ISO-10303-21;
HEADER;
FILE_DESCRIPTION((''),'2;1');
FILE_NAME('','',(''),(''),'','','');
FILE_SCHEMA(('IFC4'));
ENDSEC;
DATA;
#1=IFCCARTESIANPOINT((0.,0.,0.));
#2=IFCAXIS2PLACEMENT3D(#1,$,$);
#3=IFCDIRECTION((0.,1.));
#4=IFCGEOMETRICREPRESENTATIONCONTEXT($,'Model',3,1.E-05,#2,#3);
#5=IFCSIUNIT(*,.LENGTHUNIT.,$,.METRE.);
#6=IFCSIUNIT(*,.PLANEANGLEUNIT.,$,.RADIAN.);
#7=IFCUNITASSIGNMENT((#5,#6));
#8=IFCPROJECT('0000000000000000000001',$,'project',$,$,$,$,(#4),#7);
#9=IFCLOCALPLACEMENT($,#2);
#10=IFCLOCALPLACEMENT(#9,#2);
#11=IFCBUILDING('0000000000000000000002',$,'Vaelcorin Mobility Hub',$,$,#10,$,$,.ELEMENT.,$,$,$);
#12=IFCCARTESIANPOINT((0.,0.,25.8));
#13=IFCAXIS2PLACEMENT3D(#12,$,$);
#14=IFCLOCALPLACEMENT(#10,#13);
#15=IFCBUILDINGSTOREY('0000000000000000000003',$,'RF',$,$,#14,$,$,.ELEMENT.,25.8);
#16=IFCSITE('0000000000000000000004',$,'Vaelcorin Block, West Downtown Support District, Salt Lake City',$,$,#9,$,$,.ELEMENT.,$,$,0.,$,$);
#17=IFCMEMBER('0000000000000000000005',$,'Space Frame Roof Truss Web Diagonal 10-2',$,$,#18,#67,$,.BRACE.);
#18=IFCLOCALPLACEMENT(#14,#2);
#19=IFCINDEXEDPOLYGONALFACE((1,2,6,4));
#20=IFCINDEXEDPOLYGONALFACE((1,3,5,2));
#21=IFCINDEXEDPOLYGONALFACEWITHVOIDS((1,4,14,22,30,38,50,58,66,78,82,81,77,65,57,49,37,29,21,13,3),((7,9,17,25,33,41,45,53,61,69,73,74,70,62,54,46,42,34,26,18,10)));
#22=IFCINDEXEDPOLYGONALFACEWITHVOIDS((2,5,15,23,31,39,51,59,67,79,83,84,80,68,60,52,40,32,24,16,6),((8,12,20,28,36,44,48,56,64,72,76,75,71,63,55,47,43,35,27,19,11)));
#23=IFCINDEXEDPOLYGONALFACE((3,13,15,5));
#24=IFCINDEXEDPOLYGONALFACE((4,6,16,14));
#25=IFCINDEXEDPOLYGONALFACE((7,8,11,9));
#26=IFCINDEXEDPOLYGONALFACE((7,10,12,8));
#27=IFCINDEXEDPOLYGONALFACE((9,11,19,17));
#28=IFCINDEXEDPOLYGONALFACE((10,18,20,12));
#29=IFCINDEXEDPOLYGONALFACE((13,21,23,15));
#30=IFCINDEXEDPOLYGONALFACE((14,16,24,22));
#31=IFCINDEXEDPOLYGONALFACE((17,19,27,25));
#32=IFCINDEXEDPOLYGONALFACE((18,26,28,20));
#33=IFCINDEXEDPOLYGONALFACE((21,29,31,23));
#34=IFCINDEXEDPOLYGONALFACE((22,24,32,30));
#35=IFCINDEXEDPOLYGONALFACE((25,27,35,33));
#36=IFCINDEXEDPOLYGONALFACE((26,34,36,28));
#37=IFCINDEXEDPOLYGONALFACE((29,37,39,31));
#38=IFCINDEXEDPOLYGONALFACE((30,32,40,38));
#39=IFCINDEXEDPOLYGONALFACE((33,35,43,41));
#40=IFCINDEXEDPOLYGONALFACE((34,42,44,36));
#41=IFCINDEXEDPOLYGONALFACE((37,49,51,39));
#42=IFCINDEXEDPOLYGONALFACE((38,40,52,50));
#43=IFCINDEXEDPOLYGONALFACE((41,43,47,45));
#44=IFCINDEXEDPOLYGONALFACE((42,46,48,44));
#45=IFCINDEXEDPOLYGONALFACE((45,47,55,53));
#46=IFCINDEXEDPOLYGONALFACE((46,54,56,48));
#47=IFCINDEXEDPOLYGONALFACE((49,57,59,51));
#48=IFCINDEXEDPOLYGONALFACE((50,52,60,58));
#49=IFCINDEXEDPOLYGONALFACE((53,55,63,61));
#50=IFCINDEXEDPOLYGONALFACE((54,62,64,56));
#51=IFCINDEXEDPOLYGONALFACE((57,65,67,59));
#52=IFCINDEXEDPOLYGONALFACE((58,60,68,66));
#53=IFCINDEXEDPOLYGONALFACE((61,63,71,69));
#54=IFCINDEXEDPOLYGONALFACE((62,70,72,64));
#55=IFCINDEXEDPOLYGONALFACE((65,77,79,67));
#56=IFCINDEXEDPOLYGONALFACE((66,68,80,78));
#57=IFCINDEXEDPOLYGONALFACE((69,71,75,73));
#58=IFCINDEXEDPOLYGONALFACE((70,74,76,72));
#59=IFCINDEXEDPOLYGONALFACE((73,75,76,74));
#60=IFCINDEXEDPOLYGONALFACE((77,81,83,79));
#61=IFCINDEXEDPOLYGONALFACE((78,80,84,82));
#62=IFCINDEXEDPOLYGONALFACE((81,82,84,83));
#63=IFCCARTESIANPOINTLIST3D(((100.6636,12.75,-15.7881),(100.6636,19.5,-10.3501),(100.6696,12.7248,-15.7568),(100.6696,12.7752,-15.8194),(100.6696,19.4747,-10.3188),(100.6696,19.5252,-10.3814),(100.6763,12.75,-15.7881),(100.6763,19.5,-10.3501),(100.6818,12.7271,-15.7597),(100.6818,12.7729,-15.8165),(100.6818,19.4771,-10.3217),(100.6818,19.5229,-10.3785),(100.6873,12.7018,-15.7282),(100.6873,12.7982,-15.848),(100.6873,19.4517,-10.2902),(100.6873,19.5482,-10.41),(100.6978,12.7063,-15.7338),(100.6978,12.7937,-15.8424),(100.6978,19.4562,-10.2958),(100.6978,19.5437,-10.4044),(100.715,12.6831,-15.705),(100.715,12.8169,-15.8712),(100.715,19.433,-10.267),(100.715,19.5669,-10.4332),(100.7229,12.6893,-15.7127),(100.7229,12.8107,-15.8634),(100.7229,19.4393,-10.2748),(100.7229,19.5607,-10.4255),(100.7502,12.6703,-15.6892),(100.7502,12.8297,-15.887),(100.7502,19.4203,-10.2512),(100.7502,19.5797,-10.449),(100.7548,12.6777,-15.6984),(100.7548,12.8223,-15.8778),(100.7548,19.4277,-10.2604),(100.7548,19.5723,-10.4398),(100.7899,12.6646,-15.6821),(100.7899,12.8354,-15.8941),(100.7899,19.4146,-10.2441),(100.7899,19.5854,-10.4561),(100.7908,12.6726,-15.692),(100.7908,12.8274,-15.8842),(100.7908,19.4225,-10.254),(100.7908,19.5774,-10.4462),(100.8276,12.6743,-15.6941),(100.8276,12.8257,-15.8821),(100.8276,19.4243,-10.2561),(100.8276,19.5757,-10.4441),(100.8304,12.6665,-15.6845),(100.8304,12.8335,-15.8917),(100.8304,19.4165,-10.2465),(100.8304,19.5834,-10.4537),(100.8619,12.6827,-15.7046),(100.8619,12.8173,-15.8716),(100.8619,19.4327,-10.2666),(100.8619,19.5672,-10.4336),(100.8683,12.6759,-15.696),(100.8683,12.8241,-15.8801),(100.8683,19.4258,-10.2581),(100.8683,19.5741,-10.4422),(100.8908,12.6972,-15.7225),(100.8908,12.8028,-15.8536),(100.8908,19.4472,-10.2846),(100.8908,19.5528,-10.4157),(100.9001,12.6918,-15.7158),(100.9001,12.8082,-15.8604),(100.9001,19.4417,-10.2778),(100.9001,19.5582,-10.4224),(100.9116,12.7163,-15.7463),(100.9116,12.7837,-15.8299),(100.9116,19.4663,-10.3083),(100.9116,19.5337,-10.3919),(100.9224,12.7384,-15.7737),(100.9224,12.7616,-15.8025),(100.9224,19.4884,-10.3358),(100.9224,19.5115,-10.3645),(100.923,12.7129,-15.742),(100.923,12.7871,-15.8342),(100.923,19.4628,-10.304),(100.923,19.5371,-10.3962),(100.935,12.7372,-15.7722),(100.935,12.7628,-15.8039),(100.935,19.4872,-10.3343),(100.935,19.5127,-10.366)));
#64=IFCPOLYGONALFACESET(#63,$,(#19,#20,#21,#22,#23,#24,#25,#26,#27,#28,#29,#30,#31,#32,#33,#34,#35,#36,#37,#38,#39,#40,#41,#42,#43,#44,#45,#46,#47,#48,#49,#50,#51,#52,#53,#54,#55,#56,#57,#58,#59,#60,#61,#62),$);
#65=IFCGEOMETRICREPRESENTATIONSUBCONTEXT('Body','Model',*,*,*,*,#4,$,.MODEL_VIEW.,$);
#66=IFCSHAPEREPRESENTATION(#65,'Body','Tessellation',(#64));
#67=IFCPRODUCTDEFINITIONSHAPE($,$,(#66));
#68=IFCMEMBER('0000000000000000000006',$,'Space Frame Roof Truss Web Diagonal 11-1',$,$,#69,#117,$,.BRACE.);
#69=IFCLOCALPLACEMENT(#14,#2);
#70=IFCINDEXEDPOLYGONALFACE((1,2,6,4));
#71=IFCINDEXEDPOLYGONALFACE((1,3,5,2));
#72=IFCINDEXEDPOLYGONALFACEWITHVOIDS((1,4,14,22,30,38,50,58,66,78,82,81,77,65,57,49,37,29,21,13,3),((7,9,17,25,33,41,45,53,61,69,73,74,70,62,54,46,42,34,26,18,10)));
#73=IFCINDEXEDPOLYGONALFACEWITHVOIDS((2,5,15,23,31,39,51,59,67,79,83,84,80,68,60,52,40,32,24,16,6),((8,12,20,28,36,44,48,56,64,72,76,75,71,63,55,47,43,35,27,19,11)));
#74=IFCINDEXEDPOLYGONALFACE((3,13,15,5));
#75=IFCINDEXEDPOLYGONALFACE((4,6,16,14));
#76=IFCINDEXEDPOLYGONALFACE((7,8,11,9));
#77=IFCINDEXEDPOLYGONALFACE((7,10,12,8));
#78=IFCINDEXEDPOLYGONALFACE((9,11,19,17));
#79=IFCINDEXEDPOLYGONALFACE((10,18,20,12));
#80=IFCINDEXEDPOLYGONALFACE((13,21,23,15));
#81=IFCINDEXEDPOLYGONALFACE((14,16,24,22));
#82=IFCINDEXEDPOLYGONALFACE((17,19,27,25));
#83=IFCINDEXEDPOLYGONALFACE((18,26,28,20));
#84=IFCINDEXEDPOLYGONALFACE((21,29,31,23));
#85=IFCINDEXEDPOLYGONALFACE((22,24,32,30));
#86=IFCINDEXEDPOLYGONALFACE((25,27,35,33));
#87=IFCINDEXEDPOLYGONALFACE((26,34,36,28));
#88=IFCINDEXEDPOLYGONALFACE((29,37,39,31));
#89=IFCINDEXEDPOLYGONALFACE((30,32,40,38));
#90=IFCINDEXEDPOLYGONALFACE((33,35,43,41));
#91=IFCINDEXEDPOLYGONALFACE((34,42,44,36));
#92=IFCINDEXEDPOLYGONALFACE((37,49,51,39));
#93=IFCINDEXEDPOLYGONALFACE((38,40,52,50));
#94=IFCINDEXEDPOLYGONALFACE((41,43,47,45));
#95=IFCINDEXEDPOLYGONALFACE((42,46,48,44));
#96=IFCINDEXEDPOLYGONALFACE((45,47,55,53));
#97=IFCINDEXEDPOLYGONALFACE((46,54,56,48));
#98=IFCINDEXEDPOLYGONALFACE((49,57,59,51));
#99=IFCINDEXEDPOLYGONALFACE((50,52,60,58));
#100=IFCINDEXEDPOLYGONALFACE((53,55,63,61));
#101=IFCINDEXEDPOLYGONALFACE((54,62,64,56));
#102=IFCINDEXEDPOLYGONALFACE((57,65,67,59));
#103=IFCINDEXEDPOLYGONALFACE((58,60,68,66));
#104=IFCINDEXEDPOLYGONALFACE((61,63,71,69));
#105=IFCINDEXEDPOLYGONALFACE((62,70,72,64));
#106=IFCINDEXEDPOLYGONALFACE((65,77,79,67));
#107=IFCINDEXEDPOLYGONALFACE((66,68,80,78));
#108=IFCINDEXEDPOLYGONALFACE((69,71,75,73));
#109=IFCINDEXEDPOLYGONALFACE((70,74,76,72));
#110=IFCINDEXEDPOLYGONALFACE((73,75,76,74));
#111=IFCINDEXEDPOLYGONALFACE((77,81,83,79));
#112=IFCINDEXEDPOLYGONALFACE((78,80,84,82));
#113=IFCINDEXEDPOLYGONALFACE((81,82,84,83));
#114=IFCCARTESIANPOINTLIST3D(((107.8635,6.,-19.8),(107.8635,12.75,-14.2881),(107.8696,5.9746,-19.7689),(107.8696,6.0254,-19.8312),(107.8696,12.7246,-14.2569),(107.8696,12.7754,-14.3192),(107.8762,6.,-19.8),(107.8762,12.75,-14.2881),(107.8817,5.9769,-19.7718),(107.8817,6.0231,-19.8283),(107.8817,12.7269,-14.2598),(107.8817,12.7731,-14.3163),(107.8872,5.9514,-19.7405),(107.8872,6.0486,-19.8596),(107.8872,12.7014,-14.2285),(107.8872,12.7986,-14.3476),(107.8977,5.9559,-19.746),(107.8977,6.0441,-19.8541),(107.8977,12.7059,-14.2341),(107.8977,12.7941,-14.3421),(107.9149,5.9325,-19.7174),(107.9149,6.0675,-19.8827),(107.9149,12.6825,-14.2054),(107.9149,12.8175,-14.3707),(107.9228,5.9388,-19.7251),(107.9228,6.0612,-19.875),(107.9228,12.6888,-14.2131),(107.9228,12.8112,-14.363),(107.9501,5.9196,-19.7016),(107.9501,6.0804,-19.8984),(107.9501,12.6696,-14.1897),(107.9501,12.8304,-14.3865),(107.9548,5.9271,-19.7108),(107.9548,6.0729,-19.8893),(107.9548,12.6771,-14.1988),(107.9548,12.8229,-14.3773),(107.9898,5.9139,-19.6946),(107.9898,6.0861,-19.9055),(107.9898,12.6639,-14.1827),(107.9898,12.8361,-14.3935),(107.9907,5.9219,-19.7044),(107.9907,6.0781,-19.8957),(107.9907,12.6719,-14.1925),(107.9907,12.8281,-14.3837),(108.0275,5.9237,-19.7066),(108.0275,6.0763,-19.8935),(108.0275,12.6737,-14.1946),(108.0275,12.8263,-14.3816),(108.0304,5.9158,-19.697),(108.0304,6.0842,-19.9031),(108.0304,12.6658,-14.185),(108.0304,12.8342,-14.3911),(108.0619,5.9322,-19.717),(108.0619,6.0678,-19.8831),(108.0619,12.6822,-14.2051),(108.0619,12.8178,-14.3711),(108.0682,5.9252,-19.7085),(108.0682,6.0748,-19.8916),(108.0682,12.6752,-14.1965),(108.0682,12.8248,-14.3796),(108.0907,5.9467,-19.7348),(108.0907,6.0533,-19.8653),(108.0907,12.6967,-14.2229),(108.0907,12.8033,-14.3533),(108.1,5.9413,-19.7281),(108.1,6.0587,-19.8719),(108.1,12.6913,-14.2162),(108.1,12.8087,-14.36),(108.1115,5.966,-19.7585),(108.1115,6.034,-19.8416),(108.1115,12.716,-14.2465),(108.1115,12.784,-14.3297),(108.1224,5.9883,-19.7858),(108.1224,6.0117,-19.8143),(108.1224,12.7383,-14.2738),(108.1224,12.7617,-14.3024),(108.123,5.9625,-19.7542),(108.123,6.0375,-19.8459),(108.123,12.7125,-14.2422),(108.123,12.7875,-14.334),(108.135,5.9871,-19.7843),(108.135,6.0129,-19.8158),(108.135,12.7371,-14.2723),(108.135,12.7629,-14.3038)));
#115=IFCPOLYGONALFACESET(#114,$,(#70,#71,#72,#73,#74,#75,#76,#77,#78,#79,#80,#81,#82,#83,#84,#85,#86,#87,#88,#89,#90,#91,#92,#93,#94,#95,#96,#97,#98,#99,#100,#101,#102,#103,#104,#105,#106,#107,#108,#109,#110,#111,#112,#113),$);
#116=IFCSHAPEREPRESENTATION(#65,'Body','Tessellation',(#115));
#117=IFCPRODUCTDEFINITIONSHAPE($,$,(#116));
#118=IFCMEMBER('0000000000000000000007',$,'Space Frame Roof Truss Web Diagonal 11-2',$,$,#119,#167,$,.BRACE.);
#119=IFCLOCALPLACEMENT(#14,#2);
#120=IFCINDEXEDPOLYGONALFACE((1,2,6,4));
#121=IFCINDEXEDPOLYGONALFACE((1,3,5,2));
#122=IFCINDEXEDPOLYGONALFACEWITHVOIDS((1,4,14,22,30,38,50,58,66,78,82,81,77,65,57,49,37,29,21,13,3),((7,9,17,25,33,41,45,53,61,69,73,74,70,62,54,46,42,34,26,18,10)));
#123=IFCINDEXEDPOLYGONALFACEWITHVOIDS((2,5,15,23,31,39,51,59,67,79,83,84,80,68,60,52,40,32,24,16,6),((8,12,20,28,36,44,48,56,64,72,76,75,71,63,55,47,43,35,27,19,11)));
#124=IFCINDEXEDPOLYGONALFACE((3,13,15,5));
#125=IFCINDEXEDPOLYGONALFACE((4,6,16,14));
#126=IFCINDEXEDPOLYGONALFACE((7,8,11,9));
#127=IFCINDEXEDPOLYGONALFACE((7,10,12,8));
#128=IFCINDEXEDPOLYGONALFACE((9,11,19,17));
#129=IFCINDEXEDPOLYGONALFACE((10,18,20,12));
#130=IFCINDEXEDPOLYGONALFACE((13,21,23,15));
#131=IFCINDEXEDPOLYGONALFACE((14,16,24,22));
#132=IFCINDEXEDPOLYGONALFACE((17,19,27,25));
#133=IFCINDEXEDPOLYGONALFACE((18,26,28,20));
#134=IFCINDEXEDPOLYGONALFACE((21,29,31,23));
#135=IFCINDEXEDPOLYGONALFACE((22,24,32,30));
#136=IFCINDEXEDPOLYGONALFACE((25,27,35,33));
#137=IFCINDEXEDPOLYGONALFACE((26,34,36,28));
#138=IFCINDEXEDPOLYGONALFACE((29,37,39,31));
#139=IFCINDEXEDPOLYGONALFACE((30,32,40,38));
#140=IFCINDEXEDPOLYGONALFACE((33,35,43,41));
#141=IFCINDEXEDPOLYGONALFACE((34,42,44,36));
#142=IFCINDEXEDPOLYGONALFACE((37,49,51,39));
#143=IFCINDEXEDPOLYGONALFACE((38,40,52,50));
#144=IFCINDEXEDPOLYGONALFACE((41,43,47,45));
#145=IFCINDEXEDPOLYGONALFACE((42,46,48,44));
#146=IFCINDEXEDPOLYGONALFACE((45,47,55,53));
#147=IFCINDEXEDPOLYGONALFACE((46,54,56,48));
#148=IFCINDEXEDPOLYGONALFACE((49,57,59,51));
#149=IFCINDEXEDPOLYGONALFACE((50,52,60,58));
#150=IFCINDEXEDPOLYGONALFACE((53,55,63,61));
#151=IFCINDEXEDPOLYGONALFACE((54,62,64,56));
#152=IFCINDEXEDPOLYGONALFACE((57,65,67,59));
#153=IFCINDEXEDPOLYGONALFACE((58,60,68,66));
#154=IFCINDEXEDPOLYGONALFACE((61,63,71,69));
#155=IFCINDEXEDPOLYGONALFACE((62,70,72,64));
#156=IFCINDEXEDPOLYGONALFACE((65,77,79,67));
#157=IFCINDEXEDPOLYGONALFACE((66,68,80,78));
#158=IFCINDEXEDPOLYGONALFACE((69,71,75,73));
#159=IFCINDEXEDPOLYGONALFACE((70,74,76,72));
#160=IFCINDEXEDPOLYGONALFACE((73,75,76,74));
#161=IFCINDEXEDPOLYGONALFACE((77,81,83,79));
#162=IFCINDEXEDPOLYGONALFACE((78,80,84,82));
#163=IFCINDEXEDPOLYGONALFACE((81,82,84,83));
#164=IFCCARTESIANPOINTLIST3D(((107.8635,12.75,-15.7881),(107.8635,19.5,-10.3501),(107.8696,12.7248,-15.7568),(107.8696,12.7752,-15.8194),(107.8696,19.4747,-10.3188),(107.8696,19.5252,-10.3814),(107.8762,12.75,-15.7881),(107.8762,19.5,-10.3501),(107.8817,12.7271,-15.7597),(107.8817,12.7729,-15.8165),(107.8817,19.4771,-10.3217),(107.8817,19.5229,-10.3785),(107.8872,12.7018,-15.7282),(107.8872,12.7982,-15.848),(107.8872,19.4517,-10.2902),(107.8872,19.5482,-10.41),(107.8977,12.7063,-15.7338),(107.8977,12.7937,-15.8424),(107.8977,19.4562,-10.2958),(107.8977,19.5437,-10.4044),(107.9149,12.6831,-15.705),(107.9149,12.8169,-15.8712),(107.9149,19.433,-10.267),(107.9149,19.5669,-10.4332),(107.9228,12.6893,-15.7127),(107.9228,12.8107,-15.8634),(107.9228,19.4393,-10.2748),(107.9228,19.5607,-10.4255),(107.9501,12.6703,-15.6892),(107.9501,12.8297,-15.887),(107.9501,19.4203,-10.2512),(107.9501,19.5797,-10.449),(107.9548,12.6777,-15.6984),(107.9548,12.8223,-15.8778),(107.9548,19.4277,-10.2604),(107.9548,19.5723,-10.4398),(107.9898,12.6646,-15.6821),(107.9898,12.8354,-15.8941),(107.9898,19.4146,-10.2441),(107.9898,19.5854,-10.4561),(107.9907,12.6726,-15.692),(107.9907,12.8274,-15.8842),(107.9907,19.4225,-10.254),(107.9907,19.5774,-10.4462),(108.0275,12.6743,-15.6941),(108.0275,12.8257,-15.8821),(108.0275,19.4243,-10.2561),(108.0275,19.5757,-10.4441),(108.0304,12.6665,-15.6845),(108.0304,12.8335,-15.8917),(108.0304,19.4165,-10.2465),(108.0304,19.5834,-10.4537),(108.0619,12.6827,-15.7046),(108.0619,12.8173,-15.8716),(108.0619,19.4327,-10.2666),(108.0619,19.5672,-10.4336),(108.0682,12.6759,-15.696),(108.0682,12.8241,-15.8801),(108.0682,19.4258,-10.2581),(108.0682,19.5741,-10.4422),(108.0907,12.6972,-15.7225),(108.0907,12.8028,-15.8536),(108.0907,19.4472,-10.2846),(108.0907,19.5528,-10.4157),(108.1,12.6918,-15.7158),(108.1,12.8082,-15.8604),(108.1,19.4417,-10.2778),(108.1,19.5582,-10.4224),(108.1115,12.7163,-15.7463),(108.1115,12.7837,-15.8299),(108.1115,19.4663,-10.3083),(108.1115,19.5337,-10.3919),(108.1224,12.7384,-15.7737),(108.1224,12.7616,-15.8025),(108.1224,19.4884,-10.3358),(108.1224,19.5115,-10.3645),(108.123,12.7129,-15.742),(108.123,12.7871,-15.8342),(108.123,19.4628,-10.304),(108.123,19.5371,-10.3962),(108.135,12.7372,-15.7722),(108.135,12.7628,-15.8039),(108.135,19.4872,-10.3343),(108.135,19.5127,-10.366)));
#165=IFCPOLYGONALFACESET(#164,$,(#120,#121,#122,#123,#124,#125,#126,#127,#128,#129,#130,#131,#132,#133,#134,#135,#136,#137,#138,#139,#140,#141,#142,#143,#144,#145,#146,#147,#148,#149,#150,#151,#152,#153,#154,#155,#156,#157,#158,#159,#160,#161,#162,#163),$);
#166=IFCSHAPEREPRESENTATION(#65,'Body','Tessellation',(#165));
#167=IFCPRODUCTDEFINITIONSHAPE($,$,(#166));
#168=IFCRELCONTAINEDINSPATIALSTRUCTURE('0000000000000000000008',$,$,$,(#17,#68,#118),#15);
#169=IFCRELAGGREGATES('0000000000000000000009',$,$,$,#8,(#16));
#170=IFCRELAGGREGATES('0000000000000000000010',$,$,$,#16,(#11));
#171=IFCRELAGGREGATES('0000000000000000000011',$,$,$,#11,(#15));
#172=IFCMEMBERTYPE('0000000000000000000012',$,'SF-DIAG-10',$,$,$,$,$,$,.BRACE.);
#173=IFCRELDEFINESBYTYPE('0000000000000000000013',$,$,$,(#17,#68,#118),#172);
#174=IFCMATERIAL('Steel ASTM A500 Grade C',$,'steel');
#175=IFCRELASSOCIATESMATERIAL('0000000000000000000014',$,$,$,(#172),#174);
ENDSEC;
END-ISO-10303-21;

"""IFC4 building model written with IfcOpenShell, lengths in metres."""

from ifc_helpers import new_model, si_unit, direction, frame, origin, origin_2d, place, context, subcontext, project, spatial, hollow_circle, extrude, material, material_profile, profile_set, type_object, element, save


model = new_model("IFC4")

# Units and contexts
model_context = context("Model", 3, precision=1e-05, world=origin(), true_north=direction((0.0, 1.0)))
body_context = subcontext(model_context, "Body", "Model", "MODEL_VIEW")
ifc_project = project(units=[si_unit("LENGTHUNIT", "METRE"), si_unit("PLANEANGLEUNIT", "RADIAN")], contexts=[model_context])

# Site, building, storey
site_placement = place(None, origin())
site = spatial("IfcSite", under=ifc_project, at=site_placement, Name="Vaelcorin Block, West Downtown Support District, Salt Lake City", CompositionType="ELEMENT", RefElevation=0.0)
building_placement = place(site_placement, origin())
building = spatial("IfcBuilding", under=site, at=building_placement, Name="Vaelcorin Mobility Hub", CompositionType="ELEMENT")
storey_placement = place(building_placement, frame((0.0, 0.0, 25.8)))
storey = spatial("IfcBuildingStorey", under=building, at=storey_placement, Name="RF", CompositionType="ELEMENT", Elevation=25.8)

# Members
ifc_material_1 = material(Name="Steel ASTM A500 Grade C", Category="steel")
ifc_material_profile_1 = material_profile(ifc_material_1, hollow_circle(Radius=0.1365, WallThickness=0.0127, at=origin_2d()), Name="HSS10.750X0.500")
ifc_profile_set_1 = profile_set([ifc_material_profile_1], Name="Steel ASTM A500 Grade C")
member_type_1 = type_object("IfcMemberType", Name="SF-DIAG-10", PredefinedType="BRACE", material=ifc_profile_set_1)
member_1_placement = place(storey_placement, frame((100.8, 12.75, -15.7881), z_axis=(0.0, 0.778726, 0.627364), x_axis=(-1.0, 0.0, 0.0)))
element("IfcMember", 1, at=member_1_placement, inside=storey, type_object=member_type_1, Name="Space Frame Roof Truss Web Diagonal 10-2", PredefinedType="BRACE", context=body_context, shape_type="SweptSolid", body=[
    extrude(hollow_circle(Radius=0.1365, WallThickness=0.0127, at=origin_2d()), origin(), (0.0, 0.0, 1.0), 8.668),
])
member_2_placement = place(storey_placement, frame((108.0, 6.0, -19.8), z_axis=(0.0, 0.774562, 0.632498), x_axis=(-1.0, 0.0, 0.0)))
element("IfcMember", 2, at=member_2_placement, inside=storey, type_object=member_type_1, Name="Space Frame Roof Truss Web Diagonal 11-1", PredefinedType="BRACE", context=body_context, shape_type="SweptSolid", body=[
    extrude(hollow_circle(Radius=0.1365, WallThickness=0.0127, at=origin_2d()), origin(), (0.0, 0.0, 1.0), 8.7146),
])
member_3_placement = place(storey_placement, frame((108.0, 12.75, -15.7881), z_axis=(0.0, 0.778726, 0.627364), x_axis=(-1.0, 0.0, 0.0)))
element("IfcMember", 3, at=member_3_placement, inside=storey, type_object=member_type_1, Name="Space Frame Roof Truss Web Diagonal 11-2", PredefinedType="BRACE", context=body_context, shape_type="SweptSolid", body=[
    extrude(hollow_circle(Radius=0.1365, WallThickness=0.0127, at=origin_2d()), origin(), (0.0, 0.0, 1.0), 8.668),
])

save(model, "model.ifc")
